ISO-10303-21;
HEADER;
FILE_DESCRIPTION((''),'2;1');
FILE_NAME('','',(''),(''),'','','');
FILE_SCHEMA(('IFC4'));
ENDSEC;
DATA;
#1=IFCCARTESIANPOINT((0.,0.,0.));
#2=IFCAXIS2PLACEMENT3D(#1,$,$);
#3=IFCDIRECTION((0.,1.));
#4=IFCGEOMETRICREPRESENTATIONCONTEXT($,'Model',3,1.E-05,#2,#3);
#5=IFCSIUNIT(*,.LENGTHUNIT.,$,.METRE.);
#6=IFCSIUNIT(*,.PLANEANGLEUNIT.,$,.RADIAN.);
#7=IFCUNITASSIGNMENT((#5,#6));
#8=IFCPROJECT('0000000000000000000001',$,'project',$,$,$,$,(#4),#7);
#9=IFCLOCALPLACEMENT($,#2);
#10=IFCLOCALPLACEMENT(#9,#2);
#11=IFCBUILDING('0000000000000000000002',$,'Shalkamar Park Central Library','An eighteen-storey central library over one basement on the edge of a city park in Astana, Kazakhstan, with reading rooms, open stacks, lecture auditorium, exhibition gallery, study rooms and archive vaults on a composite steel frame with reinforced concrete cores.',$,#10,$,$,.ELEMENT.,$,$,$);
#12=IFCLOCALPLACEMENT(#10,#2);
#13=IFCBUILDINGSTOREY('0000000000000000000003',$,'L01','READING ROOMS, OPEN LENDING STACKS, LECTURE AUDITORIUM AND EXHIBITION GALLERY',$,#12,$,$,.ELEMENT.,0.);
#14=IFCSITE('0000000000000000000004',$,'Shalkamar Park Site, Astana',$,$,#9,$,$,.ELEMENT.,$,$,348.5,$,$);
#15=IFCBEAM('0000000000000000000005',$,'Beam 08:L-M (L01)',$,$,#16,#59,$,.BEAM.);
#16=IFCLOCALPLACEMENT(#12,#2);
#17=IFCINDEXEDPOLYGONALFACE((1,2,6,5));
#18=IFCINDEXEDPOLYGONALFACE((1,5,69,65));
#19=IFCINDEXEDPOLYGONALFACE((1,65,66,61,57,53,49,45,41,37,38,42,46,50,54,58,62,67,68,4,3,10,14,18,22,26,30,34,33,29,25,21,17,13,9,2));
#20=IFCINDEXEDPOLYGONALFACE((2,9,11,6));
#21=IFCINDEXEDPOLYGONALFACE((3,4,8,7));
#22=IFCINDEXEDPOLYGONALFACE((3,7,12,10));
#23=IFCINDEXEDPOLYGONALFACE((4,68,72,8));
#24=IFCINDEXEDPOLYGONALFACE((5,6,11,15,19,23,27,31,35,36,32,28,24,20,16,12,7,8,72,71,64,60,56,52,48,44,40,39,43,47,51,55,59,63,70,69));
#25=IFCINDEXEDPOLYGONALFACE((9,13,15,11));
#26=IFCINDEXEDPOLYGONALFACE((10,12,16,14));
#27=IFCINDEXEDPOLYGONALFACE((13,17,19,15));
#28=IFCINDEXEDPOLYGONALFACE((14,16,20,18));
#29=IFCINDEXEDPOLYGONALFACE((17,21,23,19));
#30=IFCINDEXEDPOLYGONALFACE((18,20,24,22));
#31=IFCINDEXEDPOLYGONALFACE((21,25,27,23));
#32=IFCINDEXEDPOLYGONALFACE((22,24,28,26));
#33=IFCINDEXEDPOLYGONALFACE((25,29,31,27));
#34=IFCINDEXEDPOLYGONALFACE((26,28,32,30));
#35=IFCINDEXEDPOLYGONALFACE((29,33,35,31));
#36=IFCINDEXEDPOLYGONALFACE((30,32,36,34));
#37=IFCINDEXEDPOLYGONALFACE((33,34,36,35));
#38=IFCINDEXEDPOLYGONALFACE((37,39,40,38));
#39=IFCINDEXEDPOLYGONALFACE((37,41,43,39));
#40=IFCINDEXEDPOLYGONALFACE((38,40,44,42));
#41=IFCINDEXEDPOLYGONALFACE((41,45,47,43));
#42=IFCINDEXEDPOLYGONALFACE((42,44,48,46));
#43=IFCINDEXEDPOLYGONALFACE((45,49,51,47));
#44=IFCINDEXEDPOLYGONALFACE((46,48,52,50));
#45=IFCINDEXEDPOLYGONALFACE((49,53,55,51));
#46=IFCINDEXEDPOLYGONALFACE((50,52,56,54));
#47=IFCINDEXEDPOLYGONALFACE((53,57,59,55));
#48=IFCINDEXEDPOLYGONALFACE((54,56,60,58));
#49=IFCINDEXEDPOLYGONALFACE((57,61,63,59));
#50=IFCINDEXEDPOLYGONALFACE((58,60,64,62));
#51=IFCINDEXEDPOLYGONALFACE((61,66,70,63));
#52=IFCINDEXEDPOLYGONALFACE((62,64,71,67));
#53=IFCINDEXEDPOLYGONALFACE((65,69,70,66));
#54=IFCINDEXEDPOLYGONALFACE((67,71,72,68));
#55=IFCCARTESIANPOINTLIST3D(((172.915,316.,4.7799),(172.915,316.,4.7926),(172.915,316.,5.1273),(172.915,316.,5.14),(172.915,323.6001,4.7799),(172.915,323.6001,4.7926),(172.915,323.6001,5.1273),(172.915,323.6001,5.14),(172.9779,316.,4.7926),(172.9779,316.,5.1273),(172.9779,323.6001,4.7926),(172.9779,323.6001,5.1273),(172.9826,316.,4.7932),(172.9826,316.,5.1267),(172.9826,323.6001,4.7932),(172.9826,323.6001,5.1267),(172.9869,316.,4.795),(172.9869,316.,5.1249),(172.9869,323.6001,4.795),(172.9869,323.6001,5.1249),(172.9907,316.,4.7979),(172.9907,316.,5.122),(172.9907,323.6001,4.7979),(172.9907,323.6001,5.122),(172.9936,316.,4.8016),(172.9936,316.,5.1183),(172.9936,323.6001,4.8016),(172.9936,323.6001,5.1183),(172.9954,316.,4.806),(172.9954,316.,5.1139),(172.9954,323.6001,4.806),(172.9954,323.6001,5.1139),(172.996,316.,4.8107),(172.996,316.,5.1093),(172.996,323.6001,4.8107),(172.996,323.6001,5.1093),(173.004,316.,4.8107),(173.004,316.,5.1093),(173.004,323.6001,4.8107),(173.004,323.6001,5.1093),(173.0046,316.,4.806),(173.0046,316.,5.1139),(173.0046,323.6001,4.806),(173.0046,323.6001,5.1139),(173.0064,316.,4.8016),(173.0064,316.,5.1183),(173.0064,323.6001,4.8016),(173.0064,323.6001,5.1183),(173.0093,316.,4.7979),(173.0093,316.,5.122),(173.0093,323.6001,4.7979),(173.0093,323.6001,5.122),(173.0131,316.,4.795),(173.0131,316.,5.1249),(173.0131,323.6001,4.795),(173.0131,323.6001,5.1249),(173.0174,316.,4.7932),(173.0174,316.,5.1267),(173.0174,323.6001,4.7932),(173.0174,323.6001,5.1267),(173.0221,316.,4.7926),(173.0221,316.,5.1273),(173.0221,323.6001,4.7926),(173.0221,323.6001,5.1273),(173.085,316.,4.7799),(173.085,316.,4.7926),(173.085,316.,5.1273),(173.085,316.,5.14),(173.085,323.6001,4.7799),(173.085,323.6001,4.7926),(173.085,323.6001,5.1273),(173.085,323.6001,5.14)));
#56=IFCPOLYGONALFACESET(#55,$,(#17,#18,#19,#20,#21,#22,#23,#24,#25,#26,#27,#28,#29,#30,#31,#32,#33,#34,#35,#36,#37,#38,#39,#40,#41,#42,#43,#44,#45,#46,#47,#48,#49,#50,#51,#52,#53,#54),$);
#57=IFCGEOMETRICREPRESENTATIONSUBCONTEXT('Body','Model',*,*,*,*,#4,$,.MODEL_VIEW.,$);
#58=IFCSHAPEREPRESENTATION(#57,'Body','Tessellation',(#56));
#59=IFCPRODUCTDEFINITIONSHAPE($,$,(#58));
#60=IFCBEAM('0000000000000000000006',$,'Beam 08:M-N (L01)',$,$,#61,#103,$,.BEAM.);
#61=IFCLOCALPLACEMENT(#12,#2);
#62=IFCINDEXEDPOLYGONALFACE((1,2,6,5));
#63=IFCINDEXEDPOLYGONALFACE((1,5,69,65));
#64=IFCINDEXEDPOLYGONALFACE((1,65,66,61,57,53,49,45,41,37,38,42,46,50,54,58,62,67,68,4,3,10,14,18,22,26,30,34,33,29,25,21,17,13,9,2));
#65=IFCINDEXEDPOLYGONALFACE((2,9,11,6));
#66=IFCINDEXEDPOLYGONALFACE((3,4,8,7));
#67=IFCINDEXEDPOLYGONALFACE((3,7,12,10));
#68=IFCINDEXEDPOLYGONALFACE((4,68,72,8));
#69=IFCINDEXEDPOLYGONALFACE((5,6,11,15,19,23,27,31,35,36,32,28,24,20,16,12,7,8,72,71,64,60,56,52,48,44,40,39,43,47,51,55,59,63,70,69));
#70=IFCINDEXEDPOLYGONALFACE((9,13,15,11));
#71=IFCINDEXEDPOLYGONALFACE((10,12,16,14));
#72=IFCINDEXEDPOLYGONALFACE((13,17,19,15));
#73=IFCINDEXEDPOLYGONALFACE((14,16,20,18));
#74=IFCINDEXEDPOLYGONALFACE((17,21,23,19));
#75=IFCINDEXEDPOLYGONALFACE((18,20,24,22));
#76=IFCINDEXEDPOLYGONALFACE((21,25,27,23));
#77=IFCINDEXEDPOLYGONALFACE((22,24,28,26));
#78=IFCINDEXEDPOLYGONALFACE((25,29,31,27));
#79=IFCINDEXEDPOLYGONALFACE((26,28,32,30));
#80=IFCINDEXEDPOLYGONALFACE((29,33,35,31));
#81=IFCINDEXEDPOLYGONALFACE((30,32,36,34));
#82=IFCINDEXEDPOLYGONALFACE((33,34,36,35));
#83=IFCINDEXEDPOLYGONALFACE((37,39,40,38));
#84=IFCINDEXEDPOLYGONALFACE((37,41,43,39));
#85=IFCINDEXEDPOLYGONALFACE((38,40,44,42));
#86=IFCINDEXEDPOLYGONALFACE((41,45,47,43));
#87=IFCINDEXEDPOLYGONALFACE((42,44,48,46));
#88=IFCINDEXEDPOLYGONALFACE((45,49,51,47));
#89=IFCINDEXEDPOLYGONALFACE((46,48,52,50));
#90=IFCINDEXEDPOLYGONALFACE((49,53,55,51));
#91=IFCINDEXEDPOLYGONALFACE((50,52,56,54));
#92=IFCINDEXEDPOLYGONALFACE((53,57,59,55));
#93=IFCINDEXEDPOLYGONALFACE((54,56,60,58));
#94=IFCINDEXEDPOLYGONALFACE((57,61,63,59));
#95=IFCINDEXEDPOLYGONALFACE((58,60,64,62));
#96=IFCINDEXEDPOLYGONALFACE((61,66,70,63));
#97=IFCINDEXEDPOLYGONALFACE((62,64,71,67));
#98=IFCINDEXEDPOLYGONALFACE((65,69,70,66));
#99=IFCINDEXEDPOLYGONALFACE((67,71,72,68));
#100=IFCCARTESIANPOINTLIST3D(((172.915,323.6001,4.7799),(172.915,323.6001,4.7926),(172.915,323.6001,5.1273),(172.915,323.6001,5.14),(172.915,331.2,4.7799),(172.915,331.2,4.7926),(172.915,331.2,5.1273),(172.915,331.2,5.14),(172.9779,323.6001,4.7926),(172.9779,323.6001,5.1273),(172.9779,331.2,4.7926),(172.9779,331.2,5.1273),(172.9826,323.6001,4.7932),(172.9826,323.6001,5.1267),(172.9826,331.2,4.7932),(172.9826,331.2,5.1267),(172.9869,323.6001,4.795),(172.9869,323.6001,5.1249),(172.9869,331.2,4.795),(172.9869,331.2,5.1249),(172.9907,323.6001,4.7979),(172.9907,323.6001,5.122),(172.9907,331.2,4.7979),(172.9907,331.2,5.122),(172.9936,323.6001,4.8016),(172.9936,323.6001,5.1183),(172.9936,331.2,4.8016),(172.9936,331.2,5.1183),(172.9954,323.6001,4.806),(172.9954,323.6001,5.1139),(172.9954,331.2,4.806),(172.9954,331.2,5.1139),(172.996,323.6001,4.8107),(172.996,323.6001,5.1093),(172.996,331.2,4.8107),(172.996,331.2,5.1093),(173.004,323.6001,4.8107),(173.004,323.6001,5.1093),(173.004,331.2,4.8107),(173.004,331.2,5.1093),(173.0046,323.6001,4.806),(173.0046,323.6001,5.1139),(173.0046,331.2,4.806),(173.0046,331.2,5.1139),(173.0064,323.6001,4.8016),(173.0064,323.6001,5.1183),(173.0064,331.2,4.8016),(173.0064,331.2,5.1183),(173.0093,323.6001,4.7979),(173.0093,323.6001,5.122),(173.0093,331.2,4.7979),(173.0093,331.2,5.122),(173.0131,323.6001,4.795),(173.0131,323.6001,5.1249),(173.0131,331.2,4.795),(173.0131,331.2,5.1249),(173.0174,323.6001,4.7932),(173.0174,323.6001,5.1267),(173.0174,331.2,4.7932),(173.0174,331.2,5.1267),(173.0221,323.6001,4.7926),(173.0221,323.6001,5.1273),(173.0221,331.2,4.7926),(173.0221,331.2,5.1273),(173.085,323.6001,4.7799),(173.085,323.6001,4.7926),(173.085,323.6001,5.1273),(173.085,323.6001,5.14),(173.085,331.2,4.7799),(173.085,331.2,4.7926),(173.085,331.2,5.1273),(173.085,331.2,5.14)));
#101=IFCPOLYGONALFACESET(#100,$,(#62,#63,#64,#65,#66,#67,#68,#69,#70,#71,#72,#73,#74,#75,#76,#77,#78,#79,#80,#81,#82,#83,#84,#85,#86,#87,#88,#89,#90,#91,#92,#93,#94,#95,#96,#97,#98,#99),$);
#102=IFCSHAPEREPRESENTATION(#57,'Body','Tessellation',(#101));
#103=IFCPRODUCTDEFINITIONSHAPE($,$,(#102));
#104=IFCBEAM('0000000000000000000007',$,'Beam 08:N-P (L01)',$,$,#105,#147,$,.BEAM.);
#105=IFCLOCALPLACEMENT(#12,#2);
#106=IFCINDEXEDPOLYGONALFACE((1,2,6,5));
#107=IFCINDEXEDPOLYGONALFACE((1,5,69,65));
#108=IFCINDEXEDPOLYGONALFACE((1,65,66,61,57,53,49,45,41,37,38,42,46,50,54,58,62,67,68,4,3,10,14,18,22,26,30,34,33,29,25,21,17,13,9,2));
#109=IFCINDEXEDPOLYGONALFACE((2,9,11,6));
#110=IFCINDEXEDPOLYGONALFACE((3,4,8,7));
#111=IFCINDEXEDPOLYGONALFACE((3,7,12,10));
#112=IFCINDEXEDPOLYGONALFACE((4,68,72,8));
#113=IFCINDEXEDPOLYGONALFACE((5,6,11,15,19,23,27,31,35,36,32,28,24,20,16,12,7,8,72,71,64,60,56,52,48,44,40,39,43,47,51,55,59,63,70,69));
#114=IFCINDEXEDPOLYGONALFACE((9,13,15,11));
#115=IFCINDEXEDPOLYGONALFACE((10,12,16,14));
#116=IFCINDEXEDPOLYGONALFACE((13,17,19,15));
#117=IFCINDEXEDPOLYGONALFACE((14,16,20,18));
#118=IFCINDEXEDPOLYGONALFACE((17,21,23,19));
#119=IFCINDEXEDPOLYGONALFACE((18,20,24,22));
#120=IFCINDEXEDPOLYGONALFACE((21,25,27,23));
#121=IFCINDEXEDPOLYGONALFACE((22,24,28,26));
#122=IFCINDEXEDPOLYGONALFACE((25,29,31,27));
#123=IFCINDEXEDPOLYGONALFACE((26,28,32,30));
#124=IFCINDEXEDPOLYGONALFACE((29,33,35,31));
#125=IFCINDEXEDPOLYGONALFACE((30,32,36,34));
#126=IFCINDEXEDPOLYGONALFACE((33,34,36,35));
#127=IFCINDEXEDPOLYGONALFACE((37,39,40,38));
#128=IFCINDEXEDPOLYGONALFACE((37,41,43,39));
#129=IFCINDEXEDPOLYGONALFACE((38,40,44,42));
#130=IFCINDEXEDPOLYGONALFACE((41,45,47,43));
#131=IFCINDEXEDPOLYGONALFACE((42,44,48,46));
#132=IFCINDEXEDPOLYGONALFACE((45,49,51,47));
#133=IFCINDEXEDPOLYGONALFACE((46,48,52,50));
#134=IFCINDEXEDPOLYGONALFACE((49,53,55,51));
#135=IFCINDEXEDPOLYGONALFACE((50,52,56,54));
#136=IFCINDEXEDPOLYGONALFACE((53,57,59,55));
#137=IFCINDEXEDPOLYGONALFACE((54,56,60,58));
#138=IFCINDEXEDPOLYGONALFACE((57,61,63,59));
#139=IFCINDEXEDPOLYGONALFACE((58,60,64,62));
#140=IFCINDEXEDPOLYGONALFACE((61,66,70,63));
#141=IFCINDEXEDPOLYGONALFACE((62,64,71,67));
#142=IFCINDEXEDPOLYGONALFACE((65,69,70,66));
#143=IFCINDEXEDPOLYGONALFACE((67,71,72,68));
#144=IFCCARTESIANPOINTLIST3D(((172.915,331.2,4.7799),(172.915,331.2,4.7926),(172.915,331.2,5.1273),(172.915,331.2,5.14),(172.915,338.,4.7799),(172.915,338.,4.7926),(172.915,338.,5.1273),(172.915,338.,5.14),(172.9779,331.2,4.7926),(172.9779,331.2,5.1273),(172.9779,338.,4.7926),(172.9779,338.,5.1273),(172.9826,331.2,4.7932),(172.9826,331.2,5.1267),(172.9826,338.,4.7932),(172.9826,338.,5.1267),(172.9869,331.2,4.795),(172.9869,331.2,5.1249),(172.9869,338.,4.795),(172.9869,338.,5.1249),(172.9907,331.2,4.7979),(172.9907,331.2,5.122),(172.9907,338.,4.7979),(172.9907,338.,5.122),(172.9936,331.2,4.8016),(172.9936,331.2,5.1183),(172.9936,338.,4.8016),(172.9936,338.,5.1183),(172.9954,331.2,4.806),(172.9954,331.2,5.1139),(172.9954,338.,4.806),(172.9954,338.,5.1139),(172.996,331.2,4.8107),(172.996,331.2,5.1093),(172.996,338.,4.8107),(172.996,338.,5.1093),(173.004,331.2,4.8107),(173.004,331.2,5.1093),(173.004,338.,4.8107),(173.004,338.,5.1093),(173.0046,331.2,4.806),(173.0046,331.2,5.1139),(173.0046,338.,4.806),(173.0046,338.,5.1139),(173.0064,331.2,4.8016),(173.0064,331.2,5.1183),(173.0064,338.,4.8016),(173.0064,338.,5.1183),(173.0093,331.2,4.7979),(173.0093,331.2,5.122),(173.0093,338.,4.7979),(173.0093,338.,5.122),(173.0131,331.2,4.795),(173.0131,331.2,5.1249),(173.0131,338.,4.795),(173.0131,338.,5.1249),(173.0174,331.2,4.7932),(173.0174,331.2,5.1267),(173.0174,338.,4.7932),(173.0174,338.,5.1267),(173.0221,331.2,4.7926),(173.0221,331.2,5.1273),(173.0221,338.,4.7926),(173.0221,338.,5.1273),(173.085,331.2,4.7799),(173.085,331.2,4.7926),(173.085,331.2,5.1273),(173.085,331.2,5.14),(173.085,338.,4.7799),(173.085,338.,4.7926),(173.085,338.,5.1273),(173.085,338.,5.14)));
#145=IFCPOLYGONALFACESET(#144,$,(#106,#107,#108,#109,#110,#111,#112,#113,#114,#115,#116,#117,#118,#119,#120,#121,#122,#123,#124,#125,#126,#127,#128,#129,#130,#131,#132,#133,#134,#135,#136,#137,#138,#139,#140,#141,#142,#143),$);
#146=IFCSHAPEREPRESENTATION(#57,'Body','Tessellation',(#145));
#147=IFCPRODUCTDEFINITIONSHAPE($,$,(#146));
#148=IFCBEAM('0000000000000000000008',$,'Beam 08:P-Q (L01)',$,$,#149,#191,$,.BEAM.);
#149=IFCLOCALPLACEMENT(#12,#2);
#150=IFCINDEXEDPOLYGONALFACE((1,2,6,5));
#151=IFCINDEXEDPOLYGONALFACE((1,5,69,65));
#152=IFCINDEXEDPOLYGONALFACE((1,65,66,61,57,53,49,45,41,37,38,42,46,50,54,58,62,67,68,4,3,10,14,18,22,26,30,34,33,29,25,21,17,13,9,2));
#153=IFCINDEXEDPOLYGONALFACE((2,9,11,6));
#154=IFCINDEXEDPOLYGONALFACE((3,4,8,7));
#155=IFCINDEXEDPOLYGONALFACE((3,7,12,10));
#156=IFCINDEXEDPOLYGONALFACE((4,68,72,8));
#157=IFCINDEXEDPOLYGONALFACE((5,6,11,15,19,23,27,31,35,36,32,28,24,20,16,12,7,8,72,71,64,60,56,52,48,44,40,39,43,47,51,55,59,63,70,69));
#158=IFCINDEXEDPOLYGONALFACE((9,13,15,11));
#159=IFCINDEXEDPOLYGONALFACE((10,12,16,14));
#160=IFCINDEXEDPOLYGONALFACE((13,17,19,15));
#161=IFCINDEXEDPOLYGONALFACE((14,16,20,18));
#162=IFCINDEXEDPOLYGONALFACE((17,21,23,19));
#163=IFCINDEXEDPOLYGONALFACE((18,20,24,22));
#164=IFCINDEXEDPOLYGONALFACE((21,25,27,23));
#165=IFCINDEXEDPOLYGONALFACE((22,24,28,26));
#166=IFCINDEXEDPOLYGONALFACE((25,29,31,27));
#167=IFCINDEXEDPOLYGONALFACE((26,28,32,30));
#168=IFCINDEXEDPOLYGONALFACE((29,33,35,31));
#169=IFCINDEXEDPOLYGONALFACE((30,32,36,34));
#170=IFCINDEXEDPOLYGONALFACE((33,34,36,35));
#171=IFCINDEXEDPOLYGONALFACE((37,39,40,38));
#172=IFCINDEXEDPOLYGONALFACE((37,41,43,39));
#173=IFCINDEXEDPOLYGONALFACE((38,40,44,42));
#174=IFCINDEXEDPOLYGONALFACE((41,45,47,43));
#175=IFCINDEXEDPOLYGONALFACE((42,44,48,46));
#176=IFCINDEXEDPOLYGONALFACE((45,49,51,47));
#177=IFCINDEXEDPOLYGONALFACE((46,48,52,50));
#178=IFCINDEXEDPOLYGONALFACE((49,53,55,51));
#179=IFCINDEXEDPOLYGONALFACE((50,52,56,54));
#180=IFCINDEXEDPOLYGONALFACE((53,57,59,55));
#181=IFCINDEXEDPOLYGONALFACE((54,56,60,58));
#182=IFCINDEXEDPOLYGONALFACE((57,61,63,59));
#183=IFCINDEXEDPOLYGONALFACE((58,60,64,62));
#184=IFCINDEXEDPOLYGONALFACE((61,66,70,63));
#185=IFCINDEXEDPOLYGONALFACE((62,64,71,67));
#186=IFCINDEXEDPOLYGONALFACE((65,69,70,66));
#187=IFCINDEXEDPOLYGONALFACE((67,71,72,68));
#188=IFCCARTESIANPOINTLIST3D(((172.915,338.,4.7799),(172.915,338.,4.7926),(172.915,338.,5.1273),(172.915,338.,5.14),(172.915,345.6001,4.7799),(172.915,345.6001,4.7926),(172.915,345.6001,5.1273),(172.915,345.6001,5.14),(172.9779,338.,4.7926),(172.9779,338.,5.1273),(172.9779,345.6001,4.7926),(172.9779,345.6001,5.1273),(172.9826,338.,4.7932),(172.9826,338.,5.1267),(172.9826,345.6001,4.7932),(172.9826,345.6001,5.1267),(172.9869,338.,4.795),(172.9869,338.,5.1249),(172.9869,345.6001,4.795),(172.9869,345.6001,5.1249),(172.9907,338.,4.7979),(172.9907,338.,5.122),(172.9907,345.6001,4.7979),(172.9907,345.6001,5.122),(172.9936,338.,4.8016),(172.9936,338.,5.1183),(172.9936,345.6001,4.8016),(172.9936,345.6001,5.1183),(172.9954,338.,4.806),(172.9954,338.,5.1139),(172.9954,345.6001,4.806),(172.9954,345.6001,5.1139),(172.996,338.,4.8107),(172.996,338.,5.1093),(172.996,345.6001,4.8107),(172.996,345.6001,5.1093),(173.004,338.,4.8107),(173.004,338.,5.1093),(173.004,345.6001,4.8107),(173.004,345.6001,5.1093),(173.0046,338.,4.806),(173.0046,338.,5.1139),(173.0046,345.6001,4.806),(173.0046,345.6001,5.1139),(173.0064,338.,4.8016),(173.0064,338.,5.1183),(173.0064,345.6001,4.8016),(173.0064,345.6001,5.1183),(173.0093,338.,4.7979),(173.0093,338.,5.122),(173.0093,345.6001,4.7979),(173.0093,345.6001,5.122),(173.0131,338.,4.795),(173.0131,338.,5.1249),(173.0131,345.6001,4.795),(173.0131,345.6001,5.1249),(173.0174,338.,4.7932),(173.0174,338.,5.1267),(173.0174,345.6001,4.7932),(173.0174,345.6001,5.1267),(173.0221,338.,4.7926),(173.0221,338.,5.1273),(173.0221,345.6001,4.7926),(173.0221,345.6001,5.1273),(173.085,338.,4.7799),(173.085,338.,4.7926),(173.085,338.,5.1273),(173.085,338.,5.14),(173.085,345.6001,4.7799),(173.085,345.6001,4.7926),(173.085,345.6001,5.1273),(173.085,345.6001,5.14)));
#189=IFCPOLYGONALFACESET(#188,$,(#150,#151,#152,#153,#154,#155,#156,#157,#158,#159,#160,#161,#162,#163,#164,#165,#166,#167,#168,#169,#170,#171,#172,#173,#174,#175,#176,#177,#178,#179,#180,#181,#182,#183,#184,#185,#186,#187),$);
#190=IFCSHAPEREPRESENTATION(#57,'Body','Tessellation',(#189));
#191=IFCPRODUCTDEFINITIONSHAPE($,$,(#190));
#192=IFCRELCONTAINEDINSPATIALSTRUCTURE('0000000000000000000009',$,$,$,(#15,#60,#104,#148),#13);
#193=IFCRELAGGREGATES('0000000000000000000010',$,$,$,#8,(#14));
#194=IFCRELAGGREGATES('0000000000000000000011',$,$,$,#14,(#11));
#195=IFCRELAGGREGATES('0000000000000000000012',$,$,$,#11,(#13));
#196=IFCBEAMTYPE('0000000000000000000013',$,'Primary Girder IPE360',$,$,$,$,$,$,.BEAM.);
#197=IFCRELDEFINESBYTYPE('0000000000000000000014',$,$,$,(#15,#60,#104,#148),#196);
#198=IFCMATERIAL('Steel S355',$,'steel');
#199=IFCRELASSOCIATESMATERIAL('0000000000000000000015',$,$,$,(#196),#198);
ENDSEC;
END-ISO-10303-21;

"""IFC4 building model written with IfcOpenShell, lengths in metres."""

from ifc_helpers import new_model, si_unit, direction, frame, origin, origin_2d, place, context, subcontext, project, spatial, i_section, extrude, material, material_profile, profile_set, type_object, element, save


model = new_model("IFC4")

# Units and contexts
model_context = context("Model", 3, precision=1e-05, world=origin(), true_north=direction((0.0, 1.0)))
body_context = subcontext(model_context, "Body", "Model", "MODEL_VIEW")
ifc_project = project(units=[si_unit("LENGTHUNIT", "METRE"), si_unit("PLANEANGLEUNIT", "RADIAN")], contexts=[model_context])

# Site, building, storey
site_placement = place(None, origin())
site = spatial("IfcSite", under=ifc_project, at=site_placement, Name="Shalkamar Park Site, Astana", CompositionType="ELEMENT", RefElevation=348.5)
building_placement = place(site_placement, origin())
building = spatial("IfcBuilding", under=site, at=building_placement, Name="Shalkamar Park Central Library", Description="An eighteen-storey central library over one basement on the edge of a city park in Astana, Kazakhstan, with reading rooms, open stacks, lecture auditorium, exhibition gallery, study rooms and archive vaults on a composite steel frame with reinforced concrete cores.", CompositionType="ELEMENT")
storey_placement = place(building_placement, origin())
storey = spatial("IfcBuildingStorey", under=building, at=storey_placement, Name="L01", Description="READING ROOMS, OPEN LENDING STACKS, LECTURE AUDITORIUM AND EXHIBITION GALLERY", CompositionType="ELEMENT", Elevation=0.0)

# Shared definitions
ifc_material_1 = material(Name="Steel S355", Category="steel")

# Beams
ifc_material_profile_1 = material_profile(ifc_material_1, i_section(OverallWidth=0.1699, OverallDepth=0.3601, WebThickness=0.0081, FlangeThickness=0.0127, FilletRadius=0.0181, at=origin_2d()), Name="IPE 360")
ifc_profile_set_1 = profile_set([ifc_material_profile_1], Name="Steel S355")
beam_type_1 = type_object("IfcBeamType", Name="Primary Girder IPE360", PredefinedType="BEAM", material=ifc_profile_set_1)
for number, where, z_axis, x_axis, name in (
    (1, (173.0, 316.0, 4.96), (0.0, 1.0, 0.0), (-1.0, 0.0, 0.0), "Beam 08:L-M (L01)"),
):
    element("IfcBeam", number, at=place(storey_placement, frame(where, z_axis=z_axis, x_axis=x_axis)), inside=storey, type_object=beam_type_1, Name=name, PredefinedType="BEAM", context=body_context, shape_type="SweptSolid", body=[
        extrude(i_section(OverallWidth=0.1699, OverallDepth=0.3601, WebThickness=0.0081, FlangeThickness=0.0127, FilletRadius=0.0181, at=origin_2d()), origin(), (0.0, 0.0, 1.0), 7.6001),
    ])
beam_1_placement = place(storey_placement, frame((173.0, 323.6001, 4.96), z_axis=(0.0, 1.0, 0.0), x_axis=(-1.0, 0.0, 0.0)))
element("IfcBeam", 2, at=beam_1_placement, inside=storey, type_object=beam_type_1, Name="Beam 08:M-N (L01)", PredefinedType="BEAM", context=body_context, shape_type="SweptSolid", body=[
    extrude(i_section(OverallWidth=0.1699, OverallDepth=0.3601, WebThickness=0.0081, FlangeThickness=0.0127, FilletRadius=0.0181, at=origin_2d()), origin(), (0.0, 0.0, 1.0), 7.5999),
])
beam_2_placement = place(storey_placement, frame((173.0, 331.2, 4.96), z_axis=(0.0, 1.0, 0.0), x_axis=(-1.0, 0.0, 0.0)))
element("IfcBeam", 3, at=beam_2_placement, inside=storey, type_object=beam_type_1, Name="Beam 08:N-P (L01)", PredefinedType="BEAM", context=body_context, shape_type="SweptSolid", body=[
    extrude(i_section(OverallWidth=0.1699, OverallDepth=0.3601, WebThickness=0.0081, FlangeThickness=0.0127, FilletRadius=0.0181, at=origin_2d()), origin(), (0.0, 0.0, 1.0), 6.8),
])
beam_3_placement = place(storey_placement, frame((173.0, 338.0, 4.96), z_axis=(0.0, 1.0, 0.0), x_axis=(-1.0, 0.0, 0.0)))
element("IfcBeam", 4, at=beam_3_placement, inside=storey, type_object=beam_type_1, Name="Beam 08:P-Q (L01)", PredefinedType="BEAM", context=body_context, shape_type="SweptSolid", body=[
    extrude(i_section(OverallWidth=0.1699, OverallDepth=0.3601, WebThickness=0.0081, FlangeThickness=0.0127, FilletRadius=0.0181, at=origin_2d()), origin(), (0.0, 0.0, 1.0), 7.6001),
])

save(model, "model.ifc")
